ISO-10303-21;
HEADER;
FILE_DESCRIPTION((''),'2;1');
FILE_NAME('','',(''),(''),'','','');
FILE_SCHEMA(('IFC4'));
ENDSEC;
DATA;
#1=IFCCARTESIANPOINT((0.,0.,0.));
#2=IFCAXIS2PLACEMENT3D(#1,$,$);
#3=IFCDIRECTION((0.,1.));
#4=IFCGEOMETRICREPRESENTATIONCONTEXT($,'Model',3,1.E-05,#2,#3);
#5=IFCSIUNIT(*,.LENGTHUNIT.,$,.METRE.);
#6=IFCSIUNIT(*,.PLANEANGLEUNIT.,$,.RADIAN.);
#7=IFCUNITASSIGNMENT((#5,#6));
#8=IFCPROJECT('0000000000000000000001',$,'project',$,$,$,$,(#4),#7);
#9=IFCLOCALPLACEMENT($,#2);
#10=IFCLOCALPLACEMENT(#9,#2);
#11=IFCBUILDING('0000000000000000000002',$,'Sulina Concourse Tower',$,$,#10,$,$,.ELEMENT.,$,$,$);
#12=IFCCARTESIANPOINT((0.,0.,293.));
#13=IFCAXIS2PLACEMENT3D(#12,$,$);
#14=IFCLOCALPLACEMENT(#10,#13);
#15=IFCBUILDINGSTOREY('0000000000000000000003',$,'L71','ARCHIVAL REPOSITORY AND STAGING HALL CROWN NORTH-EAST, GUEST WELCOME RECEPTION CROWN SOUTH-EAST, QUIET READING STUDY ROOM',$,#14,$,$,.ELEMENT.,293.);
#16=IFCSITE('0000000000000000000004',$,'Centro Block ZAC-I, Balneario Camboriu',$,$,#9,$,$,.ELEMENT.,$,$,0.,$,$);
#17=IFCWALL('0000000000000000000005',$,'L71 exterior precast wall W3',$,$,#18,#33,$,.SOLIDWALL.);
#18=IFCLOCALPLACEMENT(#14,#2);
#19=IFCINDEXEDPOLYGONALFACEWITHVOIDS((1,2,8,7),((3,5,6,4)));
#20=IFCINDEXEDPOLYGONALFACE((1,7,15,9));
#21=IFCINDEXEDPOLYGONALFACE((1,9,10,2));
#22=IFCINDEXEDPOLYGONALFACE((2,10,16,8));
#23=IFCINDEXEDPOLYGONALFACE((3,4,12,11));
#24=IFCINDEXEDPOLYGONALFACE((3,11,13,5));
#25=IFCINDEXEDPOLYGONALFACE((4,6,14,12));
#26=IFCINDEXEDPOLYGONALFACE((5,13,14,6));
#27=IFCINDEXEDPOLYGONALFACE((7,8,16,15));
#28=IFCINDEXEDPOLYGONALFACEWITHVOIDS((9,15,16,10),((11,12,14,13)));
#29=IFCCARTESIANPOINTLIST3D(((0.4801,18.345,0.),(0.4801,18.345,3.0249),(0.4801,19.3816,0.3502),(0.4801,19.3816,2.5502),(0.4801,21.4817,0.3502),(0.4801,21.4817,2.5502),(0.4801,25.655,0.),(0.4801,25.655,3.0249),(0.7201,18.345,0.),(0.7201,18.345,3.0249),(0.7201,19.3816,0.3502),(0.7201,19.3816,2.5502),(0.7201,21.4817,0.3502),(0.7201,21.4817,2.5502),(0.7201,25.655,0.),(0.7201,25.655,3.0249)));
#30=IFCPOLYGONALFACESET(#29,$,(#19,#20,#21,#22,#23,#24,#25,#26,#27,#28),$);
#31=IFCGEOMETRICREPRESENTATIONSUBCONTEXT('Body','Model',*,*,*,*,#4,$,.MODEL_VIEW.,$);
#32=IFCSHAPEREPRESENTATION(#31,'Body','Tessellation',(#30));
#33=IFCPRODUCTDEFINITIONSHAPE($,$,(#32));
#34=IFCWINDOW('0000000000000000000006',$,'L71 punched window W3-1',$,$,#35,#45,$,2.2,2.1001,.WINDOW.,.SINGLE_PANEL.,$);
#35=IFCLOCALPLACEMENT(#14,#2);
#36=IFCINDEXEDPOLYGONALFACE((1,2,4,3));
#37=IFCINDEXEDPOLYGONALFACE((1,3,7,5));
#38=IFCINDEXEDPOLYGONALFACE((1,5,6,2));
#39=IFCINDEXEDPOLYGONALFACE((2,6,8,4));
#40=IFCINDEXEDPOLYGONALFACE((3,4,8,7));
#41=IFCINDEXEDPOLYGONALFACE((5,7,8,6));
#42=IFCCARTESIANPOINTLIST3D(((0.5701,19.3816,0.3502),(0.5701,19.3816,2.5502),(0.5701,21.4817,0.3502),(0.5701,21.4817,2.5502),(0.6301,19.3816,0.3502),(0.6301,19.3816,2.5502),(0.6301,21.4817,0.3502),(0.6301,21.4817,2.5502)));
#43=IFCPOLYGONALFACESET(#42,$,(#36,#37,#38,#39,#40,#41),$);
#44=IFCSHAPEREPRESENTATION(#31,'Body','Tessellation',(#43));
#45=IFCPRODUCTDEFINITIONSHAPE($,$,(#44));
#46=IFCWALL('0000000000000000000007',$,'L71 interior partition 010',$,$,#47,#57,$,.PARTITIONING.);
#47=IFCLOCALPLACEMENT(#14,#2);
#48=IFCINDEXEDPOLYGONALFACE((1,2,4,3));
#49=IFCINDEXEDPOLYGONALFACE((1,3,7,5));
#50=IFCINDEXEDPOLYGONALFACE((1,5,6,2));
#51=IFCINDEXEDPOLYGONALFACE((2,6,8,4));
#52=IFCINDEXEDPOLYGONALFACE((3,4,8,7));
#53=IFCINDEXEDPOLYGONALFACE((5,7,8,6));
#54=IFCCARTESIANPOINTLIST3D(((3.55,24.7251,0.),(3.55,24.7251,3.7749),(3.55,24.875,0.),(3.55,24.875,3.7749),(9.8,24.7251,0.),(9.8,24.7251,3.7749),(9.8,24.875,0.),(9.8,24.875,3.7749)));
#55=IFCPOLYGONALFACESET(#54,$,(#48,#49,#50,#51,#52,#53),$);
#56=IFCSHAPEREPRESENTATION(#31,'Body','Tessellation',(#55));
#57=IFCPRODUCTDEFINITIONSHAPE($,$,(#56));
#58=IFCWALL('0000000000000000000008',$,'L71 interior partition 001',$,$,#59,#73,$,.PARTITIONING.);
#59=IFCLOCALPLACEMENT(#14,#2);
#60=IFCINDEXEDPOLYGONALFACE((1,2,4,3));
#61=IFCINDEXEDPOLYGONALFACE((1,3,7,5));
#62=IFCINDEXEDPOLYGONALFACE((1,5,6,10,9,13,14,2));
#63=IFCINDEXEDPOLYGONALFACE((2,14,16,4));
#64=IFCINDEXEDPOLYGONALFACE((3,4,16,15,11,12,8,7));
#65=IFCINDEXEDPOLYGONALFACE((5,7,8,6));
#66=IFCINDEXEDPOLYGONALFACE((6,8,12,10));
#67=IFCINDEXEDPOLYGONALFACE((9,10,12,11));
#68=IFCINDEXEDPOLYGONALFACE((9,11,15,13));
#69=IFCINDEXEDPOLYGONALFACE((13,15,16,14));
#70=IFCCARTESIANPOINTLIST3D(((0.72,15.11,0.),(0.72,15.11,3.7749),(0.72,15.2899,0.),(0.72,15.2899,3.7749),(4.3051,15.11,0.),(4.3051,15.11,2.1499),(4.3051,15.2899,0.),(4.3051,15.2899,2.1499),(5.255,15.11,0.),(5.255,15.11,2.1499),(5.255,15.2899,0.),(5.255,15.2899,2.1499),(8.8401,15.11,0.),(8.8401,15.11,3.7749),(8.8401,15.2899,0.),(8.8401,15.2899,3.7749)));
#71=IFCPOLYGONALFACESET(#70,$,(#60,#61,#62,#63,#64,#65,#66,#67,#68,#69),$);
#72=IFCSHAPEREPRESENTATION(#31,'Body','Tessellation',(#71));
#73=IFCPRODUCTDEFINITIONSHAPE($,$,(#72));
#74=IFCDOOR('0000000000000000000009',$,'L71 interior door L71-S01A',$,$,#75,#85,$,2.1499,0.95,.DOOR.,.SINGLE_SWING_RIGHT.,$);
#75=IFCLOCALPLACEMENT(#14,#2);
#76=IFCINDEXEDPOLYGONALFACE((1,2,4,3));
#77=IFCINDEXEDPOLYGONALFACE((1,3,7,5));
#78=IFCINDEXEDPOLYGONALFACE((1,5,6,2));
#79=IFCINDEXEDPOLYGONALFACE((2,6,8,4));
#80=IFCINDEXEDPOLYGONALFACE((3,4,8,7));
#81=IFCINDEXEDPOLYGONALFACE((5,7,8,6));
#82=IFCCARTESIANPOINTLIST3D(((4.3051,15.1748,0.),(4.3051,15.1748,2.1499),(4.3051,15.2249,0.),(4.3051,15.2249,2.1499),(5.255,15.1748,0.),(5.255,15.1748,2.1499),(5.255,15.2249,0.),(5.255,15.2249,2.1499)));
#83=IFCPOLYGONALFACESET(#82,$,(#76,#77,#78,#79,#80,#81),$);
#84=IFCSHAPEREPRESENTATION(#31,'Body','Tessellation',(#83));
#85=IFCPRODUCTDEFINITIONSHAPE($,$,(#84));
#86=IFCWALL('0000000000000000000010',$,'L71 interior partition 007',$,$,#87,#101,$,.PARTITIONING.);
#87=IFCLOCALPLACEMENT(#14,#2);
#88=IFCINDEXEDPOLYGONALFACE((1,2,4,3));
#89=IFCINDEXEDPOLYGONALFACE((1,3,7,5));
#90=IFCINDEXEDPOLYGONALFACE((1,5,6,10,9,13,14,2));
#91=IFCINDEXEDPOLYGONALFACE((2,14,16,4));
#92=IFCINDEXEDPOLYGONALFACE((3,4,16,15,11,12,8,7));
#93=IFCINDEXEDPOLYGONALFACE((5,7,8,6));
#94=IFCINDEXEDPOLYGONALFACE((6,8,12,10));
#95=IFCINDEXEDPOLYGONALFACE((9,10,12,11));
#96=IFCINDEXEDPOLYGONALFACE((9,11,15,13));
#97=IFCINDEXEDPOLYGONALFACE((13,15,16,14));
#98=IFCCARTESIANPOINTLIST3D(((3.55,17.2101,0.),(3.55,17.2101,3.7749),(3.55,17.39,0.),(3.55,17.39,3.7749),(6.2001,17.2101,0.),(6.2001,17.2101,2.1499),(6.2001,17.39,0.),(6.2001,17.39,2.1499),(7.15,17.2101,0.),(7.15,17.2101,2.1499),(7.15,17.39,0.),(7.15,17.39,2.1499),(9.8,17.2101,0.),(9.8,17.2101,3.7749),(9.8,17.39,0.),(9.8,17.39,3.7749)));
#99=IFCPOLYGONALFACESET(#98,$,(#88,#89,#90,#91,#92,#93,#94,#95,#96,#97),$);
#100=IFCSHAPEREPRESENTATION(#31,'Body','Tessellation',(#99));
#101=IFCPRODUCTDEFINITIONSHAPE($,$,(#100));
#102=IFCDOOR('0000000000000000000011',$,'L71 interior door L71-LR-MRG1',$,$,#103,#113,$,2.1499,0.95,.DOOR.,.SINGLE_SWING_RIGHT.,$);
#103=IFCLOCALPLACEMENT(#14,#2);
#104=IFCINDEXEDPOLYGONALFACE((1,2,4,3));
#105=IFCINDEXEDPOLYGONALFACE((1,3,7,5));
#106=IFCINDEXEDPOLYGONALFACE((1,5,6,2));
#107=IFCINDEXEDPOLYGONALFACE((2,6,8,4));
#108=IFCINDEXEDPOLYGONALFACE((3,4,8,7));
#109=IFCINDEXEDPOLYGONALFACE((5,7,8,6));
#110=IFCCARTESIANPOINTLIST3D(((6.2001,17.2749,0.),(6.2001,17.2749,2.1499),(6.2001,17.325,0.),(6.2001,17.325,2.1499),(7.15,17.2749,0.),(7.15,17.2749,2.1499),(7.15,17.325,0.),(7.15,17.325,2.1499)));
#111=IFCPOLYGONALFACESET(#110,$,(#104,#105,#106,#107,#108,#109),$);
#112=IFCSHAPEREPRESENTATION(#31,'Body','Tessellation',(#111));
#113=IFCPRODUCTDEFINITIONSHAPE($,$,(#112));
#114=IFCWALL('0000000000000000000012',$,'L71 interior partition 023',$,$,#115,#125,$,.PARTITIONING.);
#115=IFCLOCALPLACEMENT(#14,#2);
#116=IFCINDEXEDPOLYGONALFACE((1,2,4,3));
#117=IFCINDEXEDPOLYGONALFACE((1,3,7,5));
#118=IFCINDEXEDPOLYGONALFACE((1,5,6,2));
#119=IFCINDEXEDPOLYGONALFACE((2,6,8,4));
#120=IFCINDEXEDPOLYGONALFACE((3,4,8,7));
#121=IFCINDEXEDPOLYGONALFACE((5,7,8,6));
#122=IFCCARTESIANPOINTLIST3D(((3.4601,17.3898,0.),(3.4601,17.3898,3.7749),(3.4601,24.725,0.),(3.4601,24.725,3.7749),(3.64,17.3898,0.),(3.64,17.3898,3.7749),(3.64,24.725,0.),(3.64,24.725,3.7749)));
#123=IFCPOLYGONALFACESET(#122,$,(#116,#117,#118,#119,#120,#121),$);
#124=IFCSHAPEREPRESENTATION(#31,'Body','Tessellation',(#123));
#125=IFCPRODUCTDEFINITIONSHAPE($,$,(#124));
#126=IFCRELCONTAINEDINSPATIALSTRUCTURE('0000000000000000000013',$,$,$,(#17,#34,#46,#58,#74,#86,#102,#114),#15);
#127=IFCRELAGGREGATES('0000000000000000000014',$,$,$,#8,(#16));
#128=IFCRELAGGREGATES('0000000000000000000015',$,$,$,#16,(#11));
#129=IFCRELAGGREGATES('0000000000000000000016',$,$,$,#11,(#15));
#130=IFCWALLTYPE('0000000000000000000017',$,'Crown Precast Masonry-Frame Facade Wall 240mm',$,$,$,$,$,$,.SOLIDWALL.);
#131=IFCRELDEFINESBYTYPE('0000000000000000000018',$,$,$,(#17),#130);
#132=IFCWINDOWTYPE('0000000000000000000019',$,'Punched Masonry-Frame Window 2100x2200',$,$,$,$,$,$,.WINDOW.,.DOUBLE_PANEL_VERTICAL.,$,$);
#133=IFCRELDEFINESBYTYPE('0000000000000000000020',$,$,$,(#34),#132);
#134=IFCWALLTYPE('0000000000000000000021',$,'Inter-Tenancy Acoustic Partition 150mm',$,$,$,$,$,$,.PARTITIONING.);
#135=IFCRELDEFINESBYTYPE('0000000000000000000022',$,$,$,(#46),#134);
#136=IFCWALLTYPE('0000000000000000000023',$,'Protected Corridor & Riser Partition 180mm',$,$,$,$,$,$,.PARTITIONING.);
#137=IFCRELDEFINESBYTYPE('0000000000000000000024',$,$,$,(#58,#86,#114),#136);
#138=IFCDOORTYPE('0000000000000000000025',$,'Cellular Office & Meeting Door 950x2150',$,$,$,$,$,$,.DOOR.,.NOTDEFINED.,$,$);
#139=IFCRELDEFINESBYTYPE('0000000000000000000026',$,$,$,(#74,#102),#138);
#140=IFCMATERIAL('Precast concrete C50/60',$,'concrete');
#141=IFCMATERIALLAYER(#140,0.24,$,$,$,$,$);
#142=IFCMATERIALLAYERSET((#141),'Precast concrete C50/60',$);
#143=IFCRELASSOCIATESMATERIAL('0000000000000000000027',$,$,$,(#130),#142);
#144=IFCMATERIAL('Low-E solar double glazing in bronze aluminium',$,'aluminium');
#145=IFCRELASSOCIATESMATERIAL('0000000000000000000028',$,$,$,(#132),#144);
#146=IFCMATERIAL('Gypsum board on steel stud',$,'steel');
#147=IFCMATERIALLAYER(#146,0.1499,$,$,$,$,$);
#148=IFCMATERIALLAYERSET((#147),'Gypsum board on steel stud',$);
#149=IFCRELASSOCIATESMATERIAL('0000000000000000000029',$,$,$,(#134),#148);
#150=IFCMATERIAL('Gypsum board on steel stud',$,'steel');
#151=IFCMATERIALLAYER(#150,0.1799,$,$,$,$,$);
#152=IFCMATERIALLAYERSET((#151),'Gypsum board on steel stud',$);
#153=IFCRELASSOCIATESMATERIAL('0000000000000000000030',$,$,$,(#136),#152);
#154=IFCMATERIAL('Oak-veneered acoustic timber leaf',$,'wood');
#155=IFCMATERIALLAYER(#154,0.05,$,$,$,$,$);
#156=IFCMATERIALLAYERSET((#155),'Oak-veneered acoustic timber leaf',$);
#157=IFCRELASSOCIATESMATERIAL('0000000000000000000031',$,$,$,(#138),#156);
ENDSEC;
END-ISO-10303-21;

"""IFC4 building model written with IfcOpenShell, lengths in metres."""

from ifc_helpers import new_model, si_unit, direction, frame, frame_2d, origin, place, context, subcontext, project, spatial, rectangle, extrude, material, layer, layer_set, type_object, element, fill, save


model = new_model("IFC4")

# Units and contexts
model_context = context("Model", 3, precision=1e-05, world=origin(), true_north=direction((0.0, 1.0)))
body_context = subcontext(model_context, "Body", "Model", "MODEL_VIEW")
ifc_project = project(units=[si_unit("LENGTHUNIT", "METRE"), si_unit("PLANEANGLEUNIT", "RADIAN")], contexts=[model_context])

# Site, building, storey
site_placement = place(None, origin())
site = spatial("IfcSite", under=ifc_project, at=site_placement, Name="Centro Block ZAC-I, Balneario Camboriu", CompositionType="ELEMENT", RefElevation=0.0)
building_placement = place(site_placement, origin())
building = spatial("IfcBuilding", under=site, at=building_placement, Name="Sulina Concourse Tower", CompositionType="ELEMENT")
storey_placement = place(building_placement, frame((0.0, 0.0, 293.0)))
storey = spatial("IfcBuildingStorey", under=building, at=storey_placement, Name="L71", Description="ARCHIVAL REPOSITORY AND STAGING HALL CROWN NORTH-EAST, GUEST WELCOME RECEPTION CROWN SOUTH-EAST, QUIET READING STUDY ROOM", CompositionType="ELEMENT", Elevation=293.0)

# Wall, opening, window
ifc_material_1 = material(Name="Precast concrete C50/60", Category="concrete")
ifc_layer_1 = layer(ifc_material_1, 0.24)
ifc_layer_set_1 = layer_set([ifc_layer_1], Name="Precast concrete C50/60")
wall_type_1 = type_object("IfcWallType", Name="Crown Precast Masonry-Frame Facade Wall 240mm", PredefinedType="SOLIDWALL", material=ifc_layer_set_1)
ifc_material_2 = material(Name="Low-E solar double glazing in bronze aluminium", Category="aluminium")
window_type = type_object("IfcWindowType", Name="Punched Masonry-Frame Window 2100x2200", PartitioningType="DOUBLE_PANEL_VERTICAL", PredefinedType="WINDOW", material=ifc_material_2)
wall_1_placement = place(storey_placement, frame((0.6001, 18.345, 0.0), z_axis=(0.0, 0.0, 1.0), x_axis=(0.0, 1.0, 0.0)))
wall_1 = element("IfcWall", 1, at=wall_1_placement, inside=storey, type_object=wall_type_1, Name="L71 exterior precast wall W3", PredefinedType="SOLIDWALL", context=body_context, shape_type="SweptSolid", body=[
    extrude(rectangle(XDim=7.3101, YDim=0.24, at=frame_2d((3.655, 0.0))), origin(), (0.0, 0.0, 1.0), 3.0249),
])
opening_1_placement = place(wall_1_placement, frame((1.0366, 0.0, 0.3501)))
opening_1 = element("IfcOpeningElement", 2, at=opening_1_placement, cuts=wall_1, PredefinedType="OPENING", context=body_context, shape_type="SweptSolid", body=[
    extrude(rectangle(XDim=2.1001, YDim=2.2, at=frame_2d((1.05, 1.1001))), frame((0.0, 0.1299, 0.0), z_axis=(0.0, -1.0, 0.0), x_axis=(1.0, 0.0, 0.0)), (0.0, 0.0, 1.0), 0.26),
])
window_1_placement = place(opening_1_placement, origin())
window_1 = element("IfcWindow", 3, at=window_1_placement, inside=storey, type_object=window_type, Name="L71 punched window W3-1", OverallHeight=2.2, OverallWidth=2.1001, PartitioningType="SINGLE_PANEL", PredefinedType="WINDOW", context=body_context, shape_type="SweptSolid", body=[
    extrude(rectangle(XDim=2.1001, YDim=2.2, at=frame_2d((1.05, 1.1001))), frame((0.0, 0.03, 0.0), z_axis=(0.0, -1.0, 0.0), x_axis=(1.0, 0.0, 0.0)), (0.0, 0.0, 1.0), 0.0601),
])
fill(opening_1, window_1)

# Wall
ifc_material_3 = material(Name="Gypsum board on steel stud", Category="steel")
ifc_layer_2 = layer(ifc_material_3, 0.1499)
ifc_layer_set_2 = layer_set([ifc_layer_2], Name="Gypsum board on steel stud")
wall_type_2 = type_object("IfcWallType", Name="Inter-Tenancy Acoustic Partition 150mm", PredefinedType="PARTITIONING", material=ifc_layer_set_2)
wall_2_placement = place(storey_placement, frame((3.55, 24.8, 0.0), z_axis=(0.0, 0.0, 1.0), x_axis=(1.0, 0.0, 0.0)))
element("IfcWall", 4, at=wall_2_placement, inside=storey, type_object=wall_type_2, Name="L71 interior partition 010", PredefinedType="PARTITIONING", context=body_context, shape_type="SweptSolid", body=[
    extrude(rectangle(XDim=6.25, YDim=0.1499, at=frame_2d((3.125, 0.0))), origin(), (0.0, 0.0, 1.0), 3.7749),
])

# Walls, openings, doors
ifc_material_4 = material(Name="Gypsum board on steel stud", Category="steel")
ifc_layer_3 = layer(ifc_material_4, 0.1799)
ifc_layer_set_3 = layer_set([ifc_layer_3], Name="Gypsum board on steel stud")
wall_type_3 = type_object("IfcWallType", Name="Protected Corridor & Riser Partition 180mm", PredefinedType="PARTITIONING", material=ifc_layer_set_3)
wall_3_placement = place(storey_placement, frame((0.72, 15.2, 0.0), z_axis=(0.0, 0.0, 1.0), x_axis=(1.0, 0.0, 0.0)))
wall_3 = element("IfcWall", 5, at=wall_3_placement, inside=storey, type_object=wall_type_3, Name="L71 interior partition 001", PredefinedType="PARTITIONING", context=body_context, shape_type="SweptSolid", body=[
    extrude(rectangle(XDim=8.1201, YDim=0.1799, at=frame_2d((4.0601, 0.0))), origin(), (0.0, 0.0, 1.0), 3.7749),
])
opening_2_placement = place(wall_3_placement, frame((3.585, 0.0, 0.0)))
opening_2 = element("IfcOpeningElement", 6, at=opening_2_placement, cuts=wall_3, PredefinedType="OPENING", context=body_context, shape_type="SweptSolid", body=[
    extrude(rectangle(XDim=0.95, YDim=2.1499, at=frame_2d((0.4751, 1.075))), frame((0.0, 0.0999, 0.0), z_axis=(0.0, -1.0, 0.0), x_axis=(1.0, 0.0, 0.0)), (0.0, 0.0, 1.0), 0.2),
])
ifc_material_5 = material(Name="Oak-veneered acoustic timber leaf", Category="wood")
ifc_layer_4 = layer(ifc_material_5, 0.05)
ifc_layer_set_4 = layer_set([ifc_layer_4], Name="Oak-veneered acoustic timber leaf")
door_type = type_object("IfcDoorType", Name="Cellular Office & Meeting Door 950x2150", OperationType="NOTDEFINED", PredefinedType="DOOR", material=ifc_layer_set_4)
door_1_placement = place(opening_2_placement, origin())
door_1 = element("IfcDoor", 7, at=door_1_placement, inside=storey, type_object=door_type, Name="L71 interior door L71-S01A", OperationType="SINGLE_SWING_RIGHT", OverallHeight=2.1499, OverallWidth=0.95, PredefinedType="DOOR", context=body_context, shape_type="SweptSolid", body=[
    extrude(rectangle(XDim=0.95, YDim=2.1499, at=frame_2d((0.4751, 1.075))), frame((0.0, 0.0249, 0.0), z_axis=(0.0, -1.0, 0.0), x_axis=(1.0, 0.0, 0.0)), (0.0, 0.0, 1.0), 0.05),
])
fill(opening_2, door_1)
wall_4_placement = place(storey_placement, frame((3.55, 17.3, 0.0), z_axis=(0.0, 0.0, 1.0), x_axis=(1.0, 0.0, 0.0)))
wall_4 = element("IfcWall", 8, at=wall_4_placement, inside=storey, type_object=wall_type_3, Name="L71 interior partition 007", PredefinedType="PARTITIONING", context=body_context, shape_type="SweptSolid", body=[
    extrude(rectangle(XDim=6.25, YDim=0.1799, at=frame_2d((3.125, 0.0))), origin(), (0.0, 0.0, 1.0), 3.7749),
])
opening_3_placement = place(wall_4_placement, frame((2.6499, 0.0, 0.0)))
opening_3 = element("IfcOpeningElement", 9, at=opening_3_placement, cuts=wall_4, PredefinedType="OPENING", context=body_context, shape_type="SweptSolid", body=[
    extrude(rectangle(XDim=0.95, YDim=2.1499, at=frame_2d((0.4751, 1.075))), frame((0.0, 0.0999, 0.0), z_axis=(0.0, -1.0, 0.0), x_axis=(1.0, 0.0, 0.0)), (0.0, 0.0, 1.0), 0.2),
])
door_2_placement = place(opening_3_placement, origin())
door_2 = element("IfcDoor", 10, at=door_2_placement, inside=storey, type_object=door_type, Name="L71 interior door L71-LR-MRG1", OperationType="SINGLE_SWING_RIGHT", OverallHeight=2.1499, OverallWidth=0.95, PredefinedType="DOOR", context=body_context, shape_type="SweptSolid", body=[
    extrude(rectangle(XDim=0.95, YDim=2.1499, at=frame_2d((0.4751, 1.075))), frame((0.0, 0.0249, 0.0), z_axis=(0.0, -1.0, 0.0), x_axis=(1.0, 0.0, 0.0)), (0.0, 0.0, 1.0), 0.05),
])
fill(opening_3, door_2)

# Wall
wall_5_placement = place(storey_placement, frame((3.55, 17.3899, 0.0), z_axis=(0.0, 0.0, 1.0), x_axis=(0.0, 1.0, 0.0)))
element("IfcWall", 11, at=wall_5_placement, inside=storey, type_object=wall_type_3, Name="L71 interior partition 023", PredefinedType="PARTITIONING", context=body_context, shape_type="SweptSolid", body=[
    extrude(rectangle(XDim=7.3352, YDim=0.1799, at=frame_2d((3.6675, 0.0))), origin(), (0.0, 0.0, 1.0), 3.7749),
])

save(model, "model.ifc")
